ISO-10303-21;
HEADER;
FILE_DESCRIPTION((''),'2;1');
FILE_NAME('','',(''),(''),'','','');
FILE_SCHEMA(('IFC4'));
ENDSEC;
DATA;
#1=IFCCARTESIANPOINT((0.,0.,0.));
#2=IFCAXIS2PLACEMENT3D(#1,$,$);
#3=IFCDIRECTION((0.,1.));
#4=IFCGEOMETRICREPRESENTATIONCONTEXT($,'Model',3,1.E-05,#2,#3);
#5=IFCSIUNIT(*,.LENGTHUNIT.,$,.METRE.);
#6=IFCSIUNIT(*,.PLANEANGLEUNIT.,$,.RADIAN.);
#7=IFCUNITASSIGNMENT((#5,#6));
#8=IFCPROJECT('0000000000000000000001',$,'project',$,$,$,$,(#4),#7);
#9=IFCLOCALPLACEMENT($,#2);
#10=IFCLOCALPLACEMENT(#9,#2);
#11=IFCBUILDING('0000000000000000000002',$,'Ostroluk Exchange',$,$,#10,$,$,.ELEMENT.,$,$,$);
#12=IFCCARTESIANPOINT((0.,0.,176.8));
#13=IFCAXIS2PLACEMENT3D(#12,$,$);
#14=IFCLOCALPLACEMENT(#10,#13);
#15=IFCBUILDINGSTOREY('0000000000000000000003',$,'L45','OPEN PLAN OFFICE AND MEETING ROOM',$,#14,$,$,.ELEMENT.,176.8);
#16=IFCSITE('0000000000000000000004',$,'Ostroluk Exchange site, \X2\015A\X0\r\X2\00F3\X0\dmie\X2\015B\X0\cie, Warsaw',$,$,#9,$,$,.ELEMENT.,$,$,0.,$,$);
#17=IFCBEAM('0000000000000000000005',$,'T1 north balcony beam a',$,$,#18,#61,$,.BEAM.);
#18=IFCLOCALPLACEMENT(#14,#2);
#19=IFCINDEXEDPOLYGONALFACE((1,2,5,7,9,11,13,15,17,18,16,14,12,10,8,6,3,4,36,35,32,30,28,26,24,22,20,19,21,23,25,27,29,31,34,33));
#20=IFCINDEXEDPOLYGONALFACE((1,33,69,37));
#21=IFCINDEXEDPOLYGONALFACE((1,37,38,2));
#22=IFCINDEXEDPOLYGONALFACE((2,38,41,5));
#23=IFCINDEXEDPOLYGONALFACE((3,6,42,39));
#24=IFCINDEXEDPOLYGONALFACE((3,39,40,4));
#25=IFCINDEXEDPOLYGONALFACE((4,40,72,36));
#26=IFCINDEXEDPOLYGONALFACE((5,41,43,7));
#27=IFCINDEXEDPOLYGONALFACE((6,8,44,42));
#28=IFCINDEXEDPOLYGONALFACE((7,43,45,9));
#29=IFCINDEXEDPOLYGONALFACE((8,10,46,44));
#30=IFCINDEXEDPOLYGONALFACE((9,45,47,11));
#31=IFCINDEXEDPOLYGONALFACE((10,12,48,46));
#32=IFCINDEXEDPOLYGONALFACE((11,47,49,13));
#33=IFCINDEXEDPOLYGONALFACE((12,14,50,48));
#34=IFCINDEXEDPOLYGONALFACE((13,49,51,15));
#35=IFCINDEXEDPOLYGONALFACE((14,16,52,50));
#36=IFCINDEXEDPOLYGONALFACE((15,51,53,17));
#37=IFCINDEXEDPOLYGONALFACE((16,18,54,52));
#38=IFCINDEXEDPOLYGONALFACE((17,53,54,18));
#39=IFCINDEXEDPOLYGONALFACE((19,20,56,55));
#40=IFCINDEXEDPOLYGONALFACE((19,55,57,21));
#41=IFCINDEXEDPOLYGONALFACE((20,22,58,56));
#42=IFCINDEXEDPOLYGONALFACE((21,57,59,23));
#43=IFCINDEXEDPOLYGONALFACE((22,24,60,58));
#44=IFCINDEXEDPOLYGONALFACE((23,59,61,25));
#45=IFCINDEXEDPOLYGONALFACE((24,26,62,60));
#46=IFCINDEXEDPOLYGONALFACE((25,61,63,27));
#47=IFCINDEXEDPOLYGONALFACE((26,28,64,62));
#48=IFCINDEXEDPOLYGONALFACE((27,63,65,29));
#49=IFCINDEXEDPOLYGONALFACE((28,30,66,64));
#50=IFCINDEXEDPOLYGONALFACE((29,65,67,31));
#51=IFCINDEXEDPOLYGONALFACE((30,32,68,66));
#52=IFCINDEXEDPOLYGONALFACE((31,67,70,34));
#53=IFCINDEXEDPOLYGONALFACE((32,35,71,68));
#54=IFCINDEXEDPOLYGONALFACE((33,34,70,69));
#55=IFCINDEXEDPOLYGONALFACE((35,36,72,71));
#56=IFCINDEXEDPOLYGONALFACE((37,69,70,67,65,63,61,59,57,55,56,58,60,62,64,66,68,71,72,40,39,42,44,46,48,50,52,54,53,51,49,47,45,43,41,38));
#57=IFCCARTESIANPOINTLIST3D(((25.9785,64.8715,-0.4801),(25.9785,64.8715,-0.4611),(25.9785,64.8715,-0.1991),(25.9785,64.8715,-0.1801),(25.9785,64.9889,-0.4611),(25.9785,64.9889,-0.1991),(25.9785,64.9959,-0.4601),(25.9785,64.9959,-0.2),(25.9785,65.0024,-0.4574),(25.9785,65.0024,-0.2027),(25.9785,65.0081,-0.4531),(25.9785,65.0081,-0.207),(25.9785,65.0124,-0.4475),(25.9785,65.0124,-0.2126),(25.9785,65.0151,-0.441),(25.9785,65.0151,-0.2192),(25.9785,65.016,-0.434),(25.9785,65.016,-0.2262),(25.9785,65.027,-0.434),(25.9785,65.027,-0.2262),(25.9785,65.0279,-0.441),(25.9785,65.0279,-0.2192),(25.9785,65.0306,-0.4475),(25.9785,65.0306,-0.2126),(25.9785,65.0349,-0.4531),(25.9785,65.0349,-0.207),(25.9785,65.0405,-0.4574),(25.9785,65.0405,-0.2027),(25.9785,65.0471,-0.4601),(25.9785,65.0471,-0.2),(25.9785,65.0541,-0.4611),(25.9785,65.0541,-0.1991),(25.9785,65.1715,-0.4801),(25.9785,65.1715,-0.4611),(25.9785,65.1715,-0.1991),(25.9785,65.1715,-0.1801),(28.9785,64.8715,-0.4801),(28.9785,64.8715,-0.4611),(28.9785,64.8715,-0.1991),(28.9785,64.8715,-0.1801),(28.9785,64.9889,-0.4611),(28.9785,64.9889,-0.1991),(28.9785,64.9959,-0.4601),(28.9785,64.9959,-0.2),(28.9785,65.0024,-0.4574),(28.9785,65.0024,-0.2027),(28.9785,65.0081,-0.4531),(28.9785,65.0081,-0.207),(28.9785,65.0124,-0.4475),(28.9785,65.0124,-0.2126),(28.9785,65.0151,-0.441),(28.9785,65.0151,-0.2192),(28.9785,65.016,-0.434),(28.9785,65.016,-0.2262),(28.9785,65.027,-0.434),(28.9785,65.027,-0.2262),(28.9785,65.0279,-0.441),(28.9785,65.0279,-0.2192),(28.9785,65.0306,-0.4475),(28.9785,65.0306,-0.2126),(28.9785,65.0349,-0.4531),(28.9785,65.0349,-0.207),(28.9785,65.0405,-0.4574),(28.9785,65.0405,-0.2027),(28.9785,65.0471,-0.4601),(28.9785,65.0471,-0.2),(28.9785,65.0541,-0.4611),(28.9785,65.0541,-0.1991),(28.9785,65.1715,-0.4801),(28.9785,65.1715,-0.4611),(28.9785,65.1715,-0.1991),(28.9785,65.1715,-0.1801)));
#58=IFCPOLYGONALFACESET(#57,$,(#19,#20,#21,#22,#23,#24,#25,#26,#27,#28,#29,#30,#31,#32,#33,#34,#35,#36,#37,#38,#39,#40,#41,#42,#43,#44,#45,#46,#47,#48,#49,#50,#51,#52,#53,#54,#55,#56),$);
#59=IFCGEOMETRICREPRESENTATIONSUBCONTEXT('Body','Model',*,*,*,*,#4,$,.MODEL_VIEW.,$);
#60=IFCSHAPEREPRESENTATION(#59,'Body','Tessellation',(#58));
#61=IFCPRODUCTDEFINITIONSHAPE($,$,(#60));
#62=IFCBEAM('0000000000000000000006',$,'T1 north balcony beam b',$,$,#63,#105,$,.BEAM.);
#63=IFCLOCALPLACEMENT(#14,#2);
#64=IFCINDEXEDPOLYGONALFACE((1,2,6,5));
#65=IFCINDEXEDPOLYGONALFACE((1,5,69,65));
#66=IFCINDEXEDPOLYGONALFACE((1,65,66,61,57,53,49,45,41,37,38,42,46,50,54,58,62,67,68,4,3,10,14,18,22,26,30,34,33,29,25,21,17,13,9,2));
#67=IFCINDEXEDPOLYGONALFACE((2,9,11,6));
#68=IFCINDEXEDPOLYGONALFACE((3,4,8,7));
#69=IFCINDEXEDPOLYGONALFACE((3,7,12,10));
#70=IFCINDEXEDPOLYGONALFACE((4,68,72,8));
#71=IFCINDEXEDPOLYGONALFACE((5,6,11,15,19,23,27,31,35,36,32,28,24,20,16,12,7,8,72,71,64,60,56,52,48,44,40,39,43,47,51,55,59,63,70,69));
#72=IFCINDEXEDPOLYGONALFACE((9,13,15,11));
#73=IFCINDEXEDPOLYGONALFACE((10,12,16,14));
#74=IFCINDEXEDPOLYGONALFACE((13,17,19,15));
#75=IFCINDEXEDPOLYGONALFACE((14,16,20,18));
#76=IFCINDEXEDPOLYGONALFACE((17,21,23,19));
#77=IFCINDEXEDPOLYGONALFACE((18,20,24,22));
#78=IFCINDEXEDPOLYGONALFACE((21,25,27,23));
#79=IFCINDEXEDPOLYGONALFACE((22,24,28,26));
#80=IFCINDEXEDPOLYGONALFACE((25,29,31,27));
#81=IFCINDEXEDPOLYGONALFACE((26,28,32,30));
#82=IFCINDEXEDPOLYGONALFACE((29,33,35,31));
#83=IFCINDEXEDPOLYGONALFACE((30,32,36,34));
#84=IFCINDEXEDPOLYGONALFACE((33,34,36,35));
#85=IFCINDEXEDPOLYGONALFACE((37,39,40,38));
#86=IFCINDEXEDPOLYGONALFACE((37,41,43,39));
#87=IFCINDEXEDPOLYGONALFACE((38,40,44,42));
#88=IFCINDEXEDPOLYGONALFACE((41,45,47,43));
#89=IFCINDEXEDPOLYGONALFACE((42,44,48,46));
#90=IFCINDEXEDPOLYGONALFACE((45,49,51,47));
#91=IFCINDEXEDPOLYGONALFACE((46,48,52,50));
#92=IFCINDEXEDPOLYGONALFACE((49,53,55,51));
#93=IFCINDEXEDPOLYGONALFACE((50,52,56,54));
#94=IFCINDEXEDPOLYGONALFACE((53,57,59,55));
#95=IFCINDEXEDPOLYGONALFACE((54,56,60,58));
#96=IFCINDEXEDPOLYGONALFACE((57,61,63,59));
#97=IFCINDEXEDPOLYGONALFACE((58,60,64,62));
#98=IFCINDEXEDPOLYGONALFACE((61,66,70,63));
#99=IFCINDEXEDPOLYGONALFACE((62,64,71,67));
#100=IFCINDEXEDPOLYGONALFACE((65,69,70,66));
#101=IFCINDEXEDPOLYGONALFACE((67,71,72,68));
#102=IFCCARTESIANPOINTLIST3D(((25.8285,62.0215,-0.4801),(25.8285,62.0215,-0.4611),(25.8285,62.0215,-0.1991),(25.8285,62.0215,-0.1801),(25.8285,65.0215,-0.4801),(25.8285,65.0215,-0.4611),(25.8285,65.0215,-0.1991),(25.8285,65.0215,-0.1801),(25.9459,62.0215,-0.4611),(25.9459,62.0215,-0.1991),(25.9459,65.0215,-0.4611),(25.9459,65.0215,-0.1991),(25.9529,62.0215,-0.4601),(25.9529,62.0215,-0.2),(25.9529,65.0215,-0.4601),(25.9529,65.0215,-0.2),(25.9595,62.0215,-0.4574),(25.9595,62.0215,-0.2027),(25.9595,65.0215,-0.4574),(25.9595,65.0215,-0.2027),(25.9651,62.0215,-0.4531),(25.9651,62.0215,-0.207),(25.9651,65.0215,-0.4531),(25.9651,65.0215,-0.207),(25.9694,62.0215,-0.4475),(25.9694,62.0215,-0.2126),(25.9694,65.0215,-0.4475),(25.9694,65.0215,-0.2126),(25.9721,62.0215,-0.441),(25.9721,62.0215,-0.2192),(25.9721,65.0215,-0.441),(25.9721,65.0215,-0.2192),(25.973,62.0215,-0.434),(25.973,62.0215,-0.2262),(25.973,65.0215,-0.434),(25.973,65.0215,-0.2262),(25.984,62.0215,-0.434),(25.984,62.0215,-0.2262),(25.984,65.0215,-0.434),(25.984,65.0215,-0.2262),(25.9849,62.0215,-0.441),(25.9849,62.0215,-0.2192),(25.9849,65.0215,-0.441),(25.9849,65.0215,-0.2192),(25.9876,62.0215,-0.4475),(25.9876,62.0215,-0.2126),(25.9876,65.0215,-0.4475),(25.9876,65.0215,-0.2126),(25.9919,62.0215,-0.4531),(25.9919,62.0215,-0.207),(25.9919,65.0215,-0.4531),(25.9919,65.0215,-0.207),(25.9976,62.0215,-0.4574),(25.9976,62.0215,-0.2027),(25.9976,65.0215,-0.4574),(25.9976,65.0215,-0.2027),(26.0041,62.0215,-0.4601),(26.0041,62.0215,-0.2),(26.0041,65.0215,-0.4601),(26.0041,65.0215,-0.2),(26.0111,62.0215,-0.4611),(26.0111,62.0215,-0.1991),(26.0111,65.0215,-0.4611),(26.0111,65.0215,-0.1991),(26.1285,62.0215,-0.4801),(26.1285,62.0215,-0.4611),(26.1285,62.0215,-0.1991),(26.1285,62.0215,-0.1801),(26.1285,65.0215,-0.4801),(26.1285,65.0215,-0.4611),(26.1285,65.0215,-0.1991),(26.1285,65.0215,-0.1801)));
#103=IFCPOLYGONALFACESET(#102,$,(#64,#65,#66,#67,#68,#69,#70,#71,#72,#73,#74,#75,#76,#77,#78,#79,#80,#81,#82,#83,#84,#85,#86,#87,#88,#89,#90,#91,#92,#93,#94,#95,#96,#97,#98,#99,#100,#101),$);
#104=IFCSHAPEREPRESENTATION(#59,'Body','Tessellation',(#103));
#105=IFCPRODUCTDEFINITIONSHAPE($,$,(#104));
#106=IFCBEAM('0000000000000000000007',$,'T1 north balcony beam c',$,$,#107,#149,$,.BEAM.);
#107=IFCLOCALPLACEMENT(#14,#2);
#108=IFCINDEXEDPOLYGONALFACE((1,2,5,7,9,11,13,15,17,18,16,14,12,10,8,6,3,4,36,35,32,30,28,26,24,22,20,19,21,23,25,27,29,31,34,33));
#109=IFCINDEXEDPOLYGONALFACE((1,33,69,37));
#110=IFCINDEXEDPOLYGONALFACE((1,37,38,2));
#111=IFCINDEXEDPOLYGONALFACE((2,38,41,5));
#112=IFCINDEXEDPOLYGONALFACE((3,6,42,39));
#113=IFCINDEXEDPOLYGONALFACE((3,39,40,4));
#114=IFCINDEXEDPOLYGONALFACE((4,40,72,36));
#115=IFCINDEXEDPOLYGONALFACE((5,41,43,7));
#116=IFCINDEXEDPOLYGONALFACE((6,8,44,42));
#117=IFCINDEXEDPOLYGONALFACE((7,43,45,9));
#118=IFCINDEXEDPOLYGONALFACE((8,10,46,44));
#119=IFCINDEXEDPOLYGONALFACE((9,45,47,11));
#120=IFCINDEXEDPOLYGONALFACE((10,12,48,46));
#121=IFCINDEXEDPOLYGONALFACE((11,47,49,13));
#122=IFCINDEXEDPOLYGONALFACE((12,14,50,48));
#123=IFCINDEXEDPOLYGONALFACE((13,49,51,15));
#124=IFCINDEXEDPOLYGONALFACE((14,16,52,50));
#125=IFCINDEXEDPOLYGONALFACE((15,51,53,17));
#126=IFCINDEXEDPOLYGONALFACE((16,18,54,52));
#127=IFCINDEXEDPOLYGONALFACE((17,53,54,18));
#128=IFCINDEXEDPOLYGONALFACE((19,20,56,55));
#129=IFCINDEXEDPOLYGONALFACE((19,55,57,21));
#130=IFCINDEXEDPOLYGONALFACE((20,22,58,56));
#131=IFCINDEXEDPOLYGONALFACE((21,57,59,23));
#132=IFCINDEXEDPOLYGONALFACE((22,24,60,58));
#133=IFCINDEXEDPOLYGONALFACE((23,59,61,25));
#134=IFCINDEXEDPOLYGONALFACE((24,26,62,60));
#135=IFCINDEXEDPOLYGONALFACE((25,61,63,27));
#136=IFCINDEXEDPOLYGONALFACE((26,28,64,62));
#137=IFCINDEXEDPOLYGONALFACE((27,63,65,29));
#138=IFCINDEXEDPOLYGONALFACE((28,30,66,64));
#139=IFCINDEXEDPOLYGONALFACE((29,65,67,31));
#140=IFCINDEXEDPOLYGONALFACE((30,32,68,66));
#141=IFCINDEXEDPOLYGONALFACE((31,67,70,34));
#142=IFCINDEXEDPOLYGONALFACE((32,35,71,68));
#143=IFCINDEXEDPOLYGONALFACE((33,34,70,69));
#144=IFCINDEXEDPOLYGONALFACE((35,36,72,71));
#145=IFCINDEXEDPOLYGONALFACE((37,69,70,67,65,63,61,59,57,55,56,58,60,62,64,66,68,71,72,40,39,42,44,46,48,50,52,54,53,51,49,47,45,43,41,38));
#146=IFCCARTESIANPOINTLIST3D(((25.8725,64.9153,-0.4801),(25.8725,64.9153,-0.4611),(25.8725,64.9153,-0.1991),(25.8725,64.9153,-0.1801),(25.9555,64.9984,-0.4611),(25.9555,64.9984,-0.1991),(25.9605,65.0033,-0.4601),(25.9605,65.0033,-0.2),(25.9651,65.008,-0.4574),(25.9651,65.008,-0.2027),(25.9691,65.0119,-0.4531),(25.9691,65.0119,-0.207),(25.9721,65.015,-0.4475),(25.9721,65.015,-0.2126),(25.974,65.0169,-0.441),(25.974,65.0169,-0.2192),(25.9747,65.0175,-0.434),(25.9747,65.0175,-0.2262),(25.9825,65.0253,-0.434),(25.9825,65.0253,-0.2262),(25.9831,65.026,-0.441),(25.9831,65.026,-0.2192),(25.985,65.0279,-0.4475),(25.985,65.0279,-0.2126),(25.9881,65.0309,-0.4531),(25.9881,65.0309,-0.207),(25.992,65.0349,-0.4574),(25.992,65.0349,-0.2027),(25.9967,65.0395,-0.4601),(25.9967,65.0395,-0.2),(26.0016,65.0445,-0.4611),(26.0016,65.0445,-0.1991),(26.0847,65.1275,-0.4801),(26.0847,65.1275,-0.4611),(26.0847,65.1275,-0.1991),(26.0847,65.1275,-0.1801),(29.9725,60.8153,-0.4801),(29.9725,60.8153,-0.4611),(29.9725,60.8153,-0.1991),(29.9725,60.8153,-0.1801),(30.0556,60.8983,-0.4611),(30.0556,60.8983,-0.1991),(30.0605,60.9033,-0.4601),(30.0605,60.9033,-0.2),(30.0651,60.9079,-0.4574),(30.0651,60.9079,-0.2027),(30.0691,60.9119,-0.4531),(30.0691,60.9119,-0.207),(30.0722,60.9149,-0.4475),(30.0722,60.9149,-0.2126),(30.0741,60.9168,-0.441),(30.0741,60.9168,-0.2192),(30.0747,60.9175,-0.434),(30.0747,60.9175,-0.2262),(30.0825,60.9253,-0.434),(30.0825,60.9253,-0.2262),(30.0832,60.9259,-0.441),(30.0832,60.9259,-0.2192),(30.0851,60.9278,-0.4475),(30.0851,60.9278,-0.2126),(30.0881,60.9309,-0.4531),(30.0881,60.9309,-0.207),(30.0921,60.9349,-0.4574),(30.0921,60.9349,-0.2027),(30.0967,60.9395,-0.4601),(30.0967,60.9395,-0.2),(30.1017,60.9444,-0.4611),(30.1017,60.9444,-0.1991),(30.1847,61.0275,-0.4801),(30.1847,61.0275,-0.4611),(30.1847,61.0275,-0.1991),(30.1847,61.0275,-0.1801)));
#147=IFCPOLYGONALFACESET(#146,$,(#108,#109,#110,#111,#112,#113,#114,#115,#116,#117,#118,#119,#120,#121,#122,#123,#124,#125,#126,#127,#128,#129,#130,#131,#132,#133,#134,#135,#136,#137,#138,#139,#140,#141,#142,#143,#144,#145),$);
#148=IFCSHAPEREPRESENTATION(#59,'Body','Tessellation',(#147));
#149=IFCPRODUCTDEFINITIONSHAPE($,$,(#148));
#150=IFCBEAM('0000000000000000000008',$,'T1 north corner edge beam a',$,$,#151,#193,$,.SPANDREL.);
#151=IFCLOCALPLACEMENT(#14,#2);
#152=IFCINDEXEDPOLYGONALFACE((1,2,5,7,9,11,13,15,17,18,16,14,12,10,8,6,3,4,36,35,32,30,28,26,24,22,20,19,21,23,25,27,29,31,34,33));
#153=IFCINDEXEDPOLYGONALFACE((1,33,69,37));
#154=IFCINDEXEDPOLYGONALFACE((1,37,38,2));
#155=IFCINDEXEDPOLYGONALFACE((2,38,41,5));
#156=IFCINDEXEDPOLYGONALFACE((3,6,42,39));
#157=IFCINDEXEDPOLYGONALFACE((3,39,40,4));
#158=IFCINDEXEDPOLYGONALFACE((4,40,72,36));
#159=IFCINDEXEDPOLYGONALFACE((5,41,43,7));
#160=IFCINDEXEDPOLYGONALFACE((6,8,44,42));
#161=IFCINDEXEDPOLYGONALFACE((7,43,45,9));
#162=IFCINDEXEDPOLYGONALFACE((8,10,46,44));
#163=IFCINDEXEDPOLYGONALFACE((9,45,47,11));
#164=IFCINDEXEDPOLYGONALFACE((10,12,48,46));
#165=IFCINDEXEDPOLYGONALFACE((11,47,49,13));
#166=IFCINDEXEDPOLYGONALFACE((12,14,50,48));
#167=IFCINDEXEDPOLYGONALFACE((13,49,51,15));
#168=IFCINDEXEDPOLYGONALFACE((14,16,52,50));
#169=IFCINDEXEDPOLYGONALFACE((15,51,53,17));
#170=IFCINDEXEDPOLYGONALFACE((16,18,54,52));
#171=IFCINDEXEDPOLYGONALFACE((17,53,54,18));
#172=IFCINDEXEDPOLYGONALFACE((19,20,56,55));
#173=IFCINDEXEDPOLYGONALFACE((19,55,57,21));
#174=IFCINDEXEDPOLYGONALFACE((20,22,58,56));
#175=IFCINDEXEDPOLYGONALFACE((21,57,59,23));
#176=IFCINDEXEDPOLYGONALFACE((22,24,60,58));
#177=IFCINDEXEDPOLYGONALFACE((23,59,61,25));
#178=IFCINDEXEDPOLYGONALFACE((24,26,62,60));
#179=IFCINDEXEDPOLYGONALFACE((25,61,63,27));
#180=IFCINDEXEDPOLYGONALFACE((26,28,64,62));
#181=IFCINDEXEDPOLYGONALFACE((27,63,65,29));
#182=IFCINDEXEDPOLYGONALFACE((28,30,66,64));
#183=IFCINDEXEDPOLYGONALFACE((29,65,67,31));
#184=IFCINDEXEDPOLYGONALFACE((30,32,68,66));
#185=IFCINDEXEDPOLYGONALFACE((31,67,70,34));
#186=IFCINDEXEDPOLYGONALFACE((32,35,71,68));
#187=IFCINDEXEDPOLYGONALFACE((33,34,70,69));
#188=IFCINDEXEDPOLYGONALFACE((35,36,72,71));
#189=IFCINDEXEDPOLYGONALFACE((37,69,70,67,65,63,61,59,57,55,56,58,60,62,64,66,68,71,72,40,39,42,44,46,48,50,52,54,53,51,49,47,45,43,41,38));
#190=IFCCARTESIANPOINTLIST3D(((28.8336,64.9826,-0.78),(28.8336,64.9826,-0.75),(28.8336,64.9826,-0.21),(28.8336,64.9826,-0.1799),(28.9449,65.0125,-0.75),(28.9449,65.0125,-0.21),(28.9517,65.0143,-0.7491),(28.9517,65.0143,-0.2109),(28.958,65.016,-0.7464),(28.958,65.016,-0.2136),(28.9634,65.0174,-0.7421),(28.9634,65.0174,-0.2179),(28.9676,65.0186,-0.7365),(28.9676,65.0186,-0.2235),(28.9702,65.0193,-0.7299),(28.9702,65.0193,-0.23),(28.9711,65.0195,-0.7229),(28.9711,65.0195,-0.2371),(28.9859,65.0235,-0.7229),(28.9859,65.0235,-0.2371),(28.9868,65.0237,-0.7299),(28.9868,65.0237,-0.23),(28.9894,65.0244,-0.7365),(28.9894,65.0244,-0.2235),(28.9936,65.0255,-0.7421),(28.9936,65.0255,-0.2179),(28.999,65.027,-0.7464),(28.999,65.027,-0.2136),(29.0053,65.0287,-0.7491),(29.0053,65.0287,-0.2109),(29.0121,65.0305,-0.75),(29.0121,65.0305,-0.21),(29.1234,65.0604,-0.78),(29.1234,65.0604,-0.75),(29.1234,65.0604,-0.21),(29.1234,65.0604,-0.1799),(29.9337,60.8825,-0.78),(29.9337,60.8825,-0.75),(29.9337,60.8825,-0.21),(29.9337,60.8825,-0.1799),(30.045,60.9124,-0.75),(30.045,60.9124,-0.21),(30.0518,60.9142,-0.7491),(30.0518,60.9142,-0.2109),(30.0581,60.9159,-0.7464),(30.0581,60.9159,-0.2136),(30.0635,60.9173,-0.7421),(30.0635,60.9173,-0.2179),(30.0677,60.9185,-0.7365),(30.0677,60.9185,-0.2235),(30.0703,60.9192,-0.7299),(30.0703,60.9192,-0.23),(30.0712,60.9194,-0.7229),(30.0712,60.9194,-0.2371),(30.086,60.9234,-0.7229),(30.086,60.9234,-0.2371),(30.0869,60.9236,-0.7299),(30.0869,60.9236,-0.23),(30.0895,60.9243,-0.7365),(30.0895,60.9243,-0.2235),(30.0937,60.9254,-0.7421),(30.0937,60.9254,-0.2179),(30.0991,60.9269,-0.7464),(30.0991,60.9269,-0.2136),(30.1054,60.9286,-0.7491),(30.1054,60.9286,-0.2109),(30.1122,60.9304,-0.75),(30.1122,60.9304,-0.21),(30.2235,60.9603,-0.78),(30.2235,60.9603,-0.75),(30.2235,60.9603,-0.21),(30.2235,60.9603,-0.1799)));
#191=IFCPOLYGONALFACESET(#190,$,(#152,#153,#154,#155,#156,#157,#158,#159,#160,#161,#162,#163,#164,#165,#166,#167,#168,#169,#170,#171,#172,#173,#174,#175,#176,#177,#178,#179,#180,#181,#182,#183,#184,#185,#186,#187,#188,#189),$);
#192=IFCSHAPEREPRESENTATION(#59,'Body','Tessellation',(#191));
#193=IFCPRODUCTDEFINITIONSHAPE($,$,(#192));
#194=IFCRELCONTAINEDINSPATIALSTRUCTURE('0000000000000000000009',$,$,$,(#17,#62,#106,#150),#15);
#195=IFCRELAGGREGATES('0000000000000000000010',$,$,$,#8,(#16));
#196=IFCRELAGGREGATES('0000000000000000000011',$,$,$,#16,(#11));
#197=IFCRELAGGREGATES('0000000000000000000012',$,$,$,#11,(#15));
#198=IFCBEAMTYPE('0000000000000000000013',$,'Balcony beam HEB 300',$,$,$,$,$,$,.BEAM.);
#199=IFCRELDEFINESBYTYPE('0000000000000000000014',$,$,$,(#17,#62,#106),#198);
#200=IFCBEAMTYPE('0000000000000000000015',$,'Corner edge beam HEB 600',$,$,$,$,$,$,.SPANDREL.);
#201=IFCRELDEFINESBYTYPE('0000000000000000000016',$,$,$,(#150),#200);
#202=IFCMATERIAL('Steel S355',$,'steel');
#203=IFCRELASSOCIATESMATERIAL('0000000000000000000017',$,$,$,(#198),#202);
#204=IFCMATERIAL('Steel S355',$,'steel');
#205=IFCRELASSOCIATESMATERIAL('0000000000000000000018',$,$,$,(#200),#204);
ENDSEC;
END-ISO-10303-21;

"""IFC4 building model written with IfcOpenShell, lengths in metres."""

from ifc_helpers import new_model, si_unit, direction, frame, origin, origin_2d, place, context, subcontext, project, spatial, i_section, extrude, material, material_profile, profile_set, type_object, element, save


model = new_model("IFC4")

# Units and contexts
model_context = context("Model", 3, precision=1e-05, world=origin(), true_north=direction((0.0, 1.0)))
body_context = subcontext(model_context, "Body", "Model", "MODEL_VIEW")
ifc_project = project(units=[si_unit("LENGTHUNIT", "METRE"), si_unit("PLANEANGLEUNIT", "RADIAN")], contexts=[model_context])

# Site, building, storey
site_placement = place(None, origin())
site = spatial("IfcSite", under=ifc_project, at=site_placement, Name="Ostroluk Exchange site, Śródmieście, Warsaw", CompositionType="ELEMENT", RefElevation=0.0)
building_placement = place(site_placement, origin())
building = spatial("IfcBuilding", under=site, at=building_placement, Name="Ostroluk Exchange", CompositionType="ELEMENT")
storey_placement = place(building_placement, frame((0.0, 0.0, 176.8)))
storey = spatial("IfcBuildingStorey", under=building, at=storey_placement, Name="L45", Description="OPEN PLAN OFFICE AND MEETING ROOM", CompositionType="ELEMENT", Elevation=176.8)

# Beams
ifc_material_1 = material(Name="Steel S355", Category="steel")
ifc_material_profile_1 = material_profile(ifc_material_1, i_section(OverallWidth=0.3, OverallDepth=0.3, WebThickness=0.011, FlangeThickness=0.019, FilletRadius=0.0271, at=origin_2d()), Name="HEB 300")
ifc_profile_set_1 = profile_set([ifc_material_profile_1], Name="Steel S355")
beam_type_1 = type_object("IfcBeamType", Name="Balcony beam HEB 300", PredefinedType="BEAM", material=ifc_profile_set_1)
for number, where, z_axis, x_axis, name in (
    (1, (28.9785, 65.0215, -0.3301), (-1.0, 0.0, 0.0), (0.0, -1.0, 0.0), "T1 north balcony beam a"),
    (2, (25.9785, 62.0215, -0.3301), (0.0, 1.0, 0.0), (-1.0, 0.0, 0.0), "T1 north balcony beam b"),
):
    element("IfcBeam", number, at=place(storey_placement, frame(where, z_axis=z_axis, x_axis=x_axis)), inside=storey, type_object=beam_type_1, Name=name, PredefinedType="BEAM", context=body_context, shape_type="SweptSolid", body=[
        extrude(i_section(OverallWidth=0.3, OverallDepth=0.3, WebThickness=0.011, FlangeThickness=0.019, FilletRadius=0.0271, at=origin_2d()), origin(), (0.0, 0.0, 1.0), 3.0),
    ])
beam_1_placement = place(storey_placement, frame((30.0786, 60.9214, -0.3301), z_axis=(-0.707107, 0.707107, 0.0), x_axis=(-0.707107, -0.707107, 0.0)))
element("IfcBeam", 3, at=beam_1_placement, inside=storey, type_object=beam_type_1, Name="T1 north balcony beam c", PredefinedType="BEAM", context=body_context, shape_type="SweptSolid", body=[
    extrude(i_section(OverallWidth=0.3, OverallDepth=0.3, WebThickness=0.011, FlangeThickness=0.019, FilletRadius=0.0271, at=origin_2d()), origin(), (0.0, 0.0, 1.0), 5.7983),
])
ifc_material_2 = material(Name="Steel S355", Category="steel")
ifc_material_profile_2 = material_profile(ifc_material_2, i_section(OverallWidth=0.3, OverallDepth=0.6001, WebThickness=0.0154, FlangeThickness=0.03, FilletRadius=0.0271, at=origin_2d()), Name="HEB 600")
ifc_profile_set_2 = profile_set([ifc_material_profile_2], Name="Steel S355")
beam_type_2 = type_object("IfcBeamType", Name="Corner edge beam HEB 600", PredefinedType="SPANDREL", material=ifc_profile_set_2)
for number, where, z_axis, x_axis, name in (
    (4, (30.0786, 60.9214, -0.48), (-0.259144, 0.965839, 0.0), (-0.965839, -0.259144, 0.0), "T1 north corner edge beam a"),
):
    element("IfcBeam", number, at=place(storey_placement, frame(where, z_axis=z_axis, x_axis=x_axis)), inside=storey, type_object=beam_type_2, Name=name, PredefinedType="SPANDREL", context=body_context, shape_type="SweptSolid", body=[
        extrude(i_section(OverallWidth=0.3, OverallDepth=0.6001, WebThickness=0.0154, FlangeThickness=0.03, FilletRadius=0.0271, at=origin_2d()), origin(), (0.0, 0.0, 1.0), 4.2451),
    ])

save(model, "model.ifc")
